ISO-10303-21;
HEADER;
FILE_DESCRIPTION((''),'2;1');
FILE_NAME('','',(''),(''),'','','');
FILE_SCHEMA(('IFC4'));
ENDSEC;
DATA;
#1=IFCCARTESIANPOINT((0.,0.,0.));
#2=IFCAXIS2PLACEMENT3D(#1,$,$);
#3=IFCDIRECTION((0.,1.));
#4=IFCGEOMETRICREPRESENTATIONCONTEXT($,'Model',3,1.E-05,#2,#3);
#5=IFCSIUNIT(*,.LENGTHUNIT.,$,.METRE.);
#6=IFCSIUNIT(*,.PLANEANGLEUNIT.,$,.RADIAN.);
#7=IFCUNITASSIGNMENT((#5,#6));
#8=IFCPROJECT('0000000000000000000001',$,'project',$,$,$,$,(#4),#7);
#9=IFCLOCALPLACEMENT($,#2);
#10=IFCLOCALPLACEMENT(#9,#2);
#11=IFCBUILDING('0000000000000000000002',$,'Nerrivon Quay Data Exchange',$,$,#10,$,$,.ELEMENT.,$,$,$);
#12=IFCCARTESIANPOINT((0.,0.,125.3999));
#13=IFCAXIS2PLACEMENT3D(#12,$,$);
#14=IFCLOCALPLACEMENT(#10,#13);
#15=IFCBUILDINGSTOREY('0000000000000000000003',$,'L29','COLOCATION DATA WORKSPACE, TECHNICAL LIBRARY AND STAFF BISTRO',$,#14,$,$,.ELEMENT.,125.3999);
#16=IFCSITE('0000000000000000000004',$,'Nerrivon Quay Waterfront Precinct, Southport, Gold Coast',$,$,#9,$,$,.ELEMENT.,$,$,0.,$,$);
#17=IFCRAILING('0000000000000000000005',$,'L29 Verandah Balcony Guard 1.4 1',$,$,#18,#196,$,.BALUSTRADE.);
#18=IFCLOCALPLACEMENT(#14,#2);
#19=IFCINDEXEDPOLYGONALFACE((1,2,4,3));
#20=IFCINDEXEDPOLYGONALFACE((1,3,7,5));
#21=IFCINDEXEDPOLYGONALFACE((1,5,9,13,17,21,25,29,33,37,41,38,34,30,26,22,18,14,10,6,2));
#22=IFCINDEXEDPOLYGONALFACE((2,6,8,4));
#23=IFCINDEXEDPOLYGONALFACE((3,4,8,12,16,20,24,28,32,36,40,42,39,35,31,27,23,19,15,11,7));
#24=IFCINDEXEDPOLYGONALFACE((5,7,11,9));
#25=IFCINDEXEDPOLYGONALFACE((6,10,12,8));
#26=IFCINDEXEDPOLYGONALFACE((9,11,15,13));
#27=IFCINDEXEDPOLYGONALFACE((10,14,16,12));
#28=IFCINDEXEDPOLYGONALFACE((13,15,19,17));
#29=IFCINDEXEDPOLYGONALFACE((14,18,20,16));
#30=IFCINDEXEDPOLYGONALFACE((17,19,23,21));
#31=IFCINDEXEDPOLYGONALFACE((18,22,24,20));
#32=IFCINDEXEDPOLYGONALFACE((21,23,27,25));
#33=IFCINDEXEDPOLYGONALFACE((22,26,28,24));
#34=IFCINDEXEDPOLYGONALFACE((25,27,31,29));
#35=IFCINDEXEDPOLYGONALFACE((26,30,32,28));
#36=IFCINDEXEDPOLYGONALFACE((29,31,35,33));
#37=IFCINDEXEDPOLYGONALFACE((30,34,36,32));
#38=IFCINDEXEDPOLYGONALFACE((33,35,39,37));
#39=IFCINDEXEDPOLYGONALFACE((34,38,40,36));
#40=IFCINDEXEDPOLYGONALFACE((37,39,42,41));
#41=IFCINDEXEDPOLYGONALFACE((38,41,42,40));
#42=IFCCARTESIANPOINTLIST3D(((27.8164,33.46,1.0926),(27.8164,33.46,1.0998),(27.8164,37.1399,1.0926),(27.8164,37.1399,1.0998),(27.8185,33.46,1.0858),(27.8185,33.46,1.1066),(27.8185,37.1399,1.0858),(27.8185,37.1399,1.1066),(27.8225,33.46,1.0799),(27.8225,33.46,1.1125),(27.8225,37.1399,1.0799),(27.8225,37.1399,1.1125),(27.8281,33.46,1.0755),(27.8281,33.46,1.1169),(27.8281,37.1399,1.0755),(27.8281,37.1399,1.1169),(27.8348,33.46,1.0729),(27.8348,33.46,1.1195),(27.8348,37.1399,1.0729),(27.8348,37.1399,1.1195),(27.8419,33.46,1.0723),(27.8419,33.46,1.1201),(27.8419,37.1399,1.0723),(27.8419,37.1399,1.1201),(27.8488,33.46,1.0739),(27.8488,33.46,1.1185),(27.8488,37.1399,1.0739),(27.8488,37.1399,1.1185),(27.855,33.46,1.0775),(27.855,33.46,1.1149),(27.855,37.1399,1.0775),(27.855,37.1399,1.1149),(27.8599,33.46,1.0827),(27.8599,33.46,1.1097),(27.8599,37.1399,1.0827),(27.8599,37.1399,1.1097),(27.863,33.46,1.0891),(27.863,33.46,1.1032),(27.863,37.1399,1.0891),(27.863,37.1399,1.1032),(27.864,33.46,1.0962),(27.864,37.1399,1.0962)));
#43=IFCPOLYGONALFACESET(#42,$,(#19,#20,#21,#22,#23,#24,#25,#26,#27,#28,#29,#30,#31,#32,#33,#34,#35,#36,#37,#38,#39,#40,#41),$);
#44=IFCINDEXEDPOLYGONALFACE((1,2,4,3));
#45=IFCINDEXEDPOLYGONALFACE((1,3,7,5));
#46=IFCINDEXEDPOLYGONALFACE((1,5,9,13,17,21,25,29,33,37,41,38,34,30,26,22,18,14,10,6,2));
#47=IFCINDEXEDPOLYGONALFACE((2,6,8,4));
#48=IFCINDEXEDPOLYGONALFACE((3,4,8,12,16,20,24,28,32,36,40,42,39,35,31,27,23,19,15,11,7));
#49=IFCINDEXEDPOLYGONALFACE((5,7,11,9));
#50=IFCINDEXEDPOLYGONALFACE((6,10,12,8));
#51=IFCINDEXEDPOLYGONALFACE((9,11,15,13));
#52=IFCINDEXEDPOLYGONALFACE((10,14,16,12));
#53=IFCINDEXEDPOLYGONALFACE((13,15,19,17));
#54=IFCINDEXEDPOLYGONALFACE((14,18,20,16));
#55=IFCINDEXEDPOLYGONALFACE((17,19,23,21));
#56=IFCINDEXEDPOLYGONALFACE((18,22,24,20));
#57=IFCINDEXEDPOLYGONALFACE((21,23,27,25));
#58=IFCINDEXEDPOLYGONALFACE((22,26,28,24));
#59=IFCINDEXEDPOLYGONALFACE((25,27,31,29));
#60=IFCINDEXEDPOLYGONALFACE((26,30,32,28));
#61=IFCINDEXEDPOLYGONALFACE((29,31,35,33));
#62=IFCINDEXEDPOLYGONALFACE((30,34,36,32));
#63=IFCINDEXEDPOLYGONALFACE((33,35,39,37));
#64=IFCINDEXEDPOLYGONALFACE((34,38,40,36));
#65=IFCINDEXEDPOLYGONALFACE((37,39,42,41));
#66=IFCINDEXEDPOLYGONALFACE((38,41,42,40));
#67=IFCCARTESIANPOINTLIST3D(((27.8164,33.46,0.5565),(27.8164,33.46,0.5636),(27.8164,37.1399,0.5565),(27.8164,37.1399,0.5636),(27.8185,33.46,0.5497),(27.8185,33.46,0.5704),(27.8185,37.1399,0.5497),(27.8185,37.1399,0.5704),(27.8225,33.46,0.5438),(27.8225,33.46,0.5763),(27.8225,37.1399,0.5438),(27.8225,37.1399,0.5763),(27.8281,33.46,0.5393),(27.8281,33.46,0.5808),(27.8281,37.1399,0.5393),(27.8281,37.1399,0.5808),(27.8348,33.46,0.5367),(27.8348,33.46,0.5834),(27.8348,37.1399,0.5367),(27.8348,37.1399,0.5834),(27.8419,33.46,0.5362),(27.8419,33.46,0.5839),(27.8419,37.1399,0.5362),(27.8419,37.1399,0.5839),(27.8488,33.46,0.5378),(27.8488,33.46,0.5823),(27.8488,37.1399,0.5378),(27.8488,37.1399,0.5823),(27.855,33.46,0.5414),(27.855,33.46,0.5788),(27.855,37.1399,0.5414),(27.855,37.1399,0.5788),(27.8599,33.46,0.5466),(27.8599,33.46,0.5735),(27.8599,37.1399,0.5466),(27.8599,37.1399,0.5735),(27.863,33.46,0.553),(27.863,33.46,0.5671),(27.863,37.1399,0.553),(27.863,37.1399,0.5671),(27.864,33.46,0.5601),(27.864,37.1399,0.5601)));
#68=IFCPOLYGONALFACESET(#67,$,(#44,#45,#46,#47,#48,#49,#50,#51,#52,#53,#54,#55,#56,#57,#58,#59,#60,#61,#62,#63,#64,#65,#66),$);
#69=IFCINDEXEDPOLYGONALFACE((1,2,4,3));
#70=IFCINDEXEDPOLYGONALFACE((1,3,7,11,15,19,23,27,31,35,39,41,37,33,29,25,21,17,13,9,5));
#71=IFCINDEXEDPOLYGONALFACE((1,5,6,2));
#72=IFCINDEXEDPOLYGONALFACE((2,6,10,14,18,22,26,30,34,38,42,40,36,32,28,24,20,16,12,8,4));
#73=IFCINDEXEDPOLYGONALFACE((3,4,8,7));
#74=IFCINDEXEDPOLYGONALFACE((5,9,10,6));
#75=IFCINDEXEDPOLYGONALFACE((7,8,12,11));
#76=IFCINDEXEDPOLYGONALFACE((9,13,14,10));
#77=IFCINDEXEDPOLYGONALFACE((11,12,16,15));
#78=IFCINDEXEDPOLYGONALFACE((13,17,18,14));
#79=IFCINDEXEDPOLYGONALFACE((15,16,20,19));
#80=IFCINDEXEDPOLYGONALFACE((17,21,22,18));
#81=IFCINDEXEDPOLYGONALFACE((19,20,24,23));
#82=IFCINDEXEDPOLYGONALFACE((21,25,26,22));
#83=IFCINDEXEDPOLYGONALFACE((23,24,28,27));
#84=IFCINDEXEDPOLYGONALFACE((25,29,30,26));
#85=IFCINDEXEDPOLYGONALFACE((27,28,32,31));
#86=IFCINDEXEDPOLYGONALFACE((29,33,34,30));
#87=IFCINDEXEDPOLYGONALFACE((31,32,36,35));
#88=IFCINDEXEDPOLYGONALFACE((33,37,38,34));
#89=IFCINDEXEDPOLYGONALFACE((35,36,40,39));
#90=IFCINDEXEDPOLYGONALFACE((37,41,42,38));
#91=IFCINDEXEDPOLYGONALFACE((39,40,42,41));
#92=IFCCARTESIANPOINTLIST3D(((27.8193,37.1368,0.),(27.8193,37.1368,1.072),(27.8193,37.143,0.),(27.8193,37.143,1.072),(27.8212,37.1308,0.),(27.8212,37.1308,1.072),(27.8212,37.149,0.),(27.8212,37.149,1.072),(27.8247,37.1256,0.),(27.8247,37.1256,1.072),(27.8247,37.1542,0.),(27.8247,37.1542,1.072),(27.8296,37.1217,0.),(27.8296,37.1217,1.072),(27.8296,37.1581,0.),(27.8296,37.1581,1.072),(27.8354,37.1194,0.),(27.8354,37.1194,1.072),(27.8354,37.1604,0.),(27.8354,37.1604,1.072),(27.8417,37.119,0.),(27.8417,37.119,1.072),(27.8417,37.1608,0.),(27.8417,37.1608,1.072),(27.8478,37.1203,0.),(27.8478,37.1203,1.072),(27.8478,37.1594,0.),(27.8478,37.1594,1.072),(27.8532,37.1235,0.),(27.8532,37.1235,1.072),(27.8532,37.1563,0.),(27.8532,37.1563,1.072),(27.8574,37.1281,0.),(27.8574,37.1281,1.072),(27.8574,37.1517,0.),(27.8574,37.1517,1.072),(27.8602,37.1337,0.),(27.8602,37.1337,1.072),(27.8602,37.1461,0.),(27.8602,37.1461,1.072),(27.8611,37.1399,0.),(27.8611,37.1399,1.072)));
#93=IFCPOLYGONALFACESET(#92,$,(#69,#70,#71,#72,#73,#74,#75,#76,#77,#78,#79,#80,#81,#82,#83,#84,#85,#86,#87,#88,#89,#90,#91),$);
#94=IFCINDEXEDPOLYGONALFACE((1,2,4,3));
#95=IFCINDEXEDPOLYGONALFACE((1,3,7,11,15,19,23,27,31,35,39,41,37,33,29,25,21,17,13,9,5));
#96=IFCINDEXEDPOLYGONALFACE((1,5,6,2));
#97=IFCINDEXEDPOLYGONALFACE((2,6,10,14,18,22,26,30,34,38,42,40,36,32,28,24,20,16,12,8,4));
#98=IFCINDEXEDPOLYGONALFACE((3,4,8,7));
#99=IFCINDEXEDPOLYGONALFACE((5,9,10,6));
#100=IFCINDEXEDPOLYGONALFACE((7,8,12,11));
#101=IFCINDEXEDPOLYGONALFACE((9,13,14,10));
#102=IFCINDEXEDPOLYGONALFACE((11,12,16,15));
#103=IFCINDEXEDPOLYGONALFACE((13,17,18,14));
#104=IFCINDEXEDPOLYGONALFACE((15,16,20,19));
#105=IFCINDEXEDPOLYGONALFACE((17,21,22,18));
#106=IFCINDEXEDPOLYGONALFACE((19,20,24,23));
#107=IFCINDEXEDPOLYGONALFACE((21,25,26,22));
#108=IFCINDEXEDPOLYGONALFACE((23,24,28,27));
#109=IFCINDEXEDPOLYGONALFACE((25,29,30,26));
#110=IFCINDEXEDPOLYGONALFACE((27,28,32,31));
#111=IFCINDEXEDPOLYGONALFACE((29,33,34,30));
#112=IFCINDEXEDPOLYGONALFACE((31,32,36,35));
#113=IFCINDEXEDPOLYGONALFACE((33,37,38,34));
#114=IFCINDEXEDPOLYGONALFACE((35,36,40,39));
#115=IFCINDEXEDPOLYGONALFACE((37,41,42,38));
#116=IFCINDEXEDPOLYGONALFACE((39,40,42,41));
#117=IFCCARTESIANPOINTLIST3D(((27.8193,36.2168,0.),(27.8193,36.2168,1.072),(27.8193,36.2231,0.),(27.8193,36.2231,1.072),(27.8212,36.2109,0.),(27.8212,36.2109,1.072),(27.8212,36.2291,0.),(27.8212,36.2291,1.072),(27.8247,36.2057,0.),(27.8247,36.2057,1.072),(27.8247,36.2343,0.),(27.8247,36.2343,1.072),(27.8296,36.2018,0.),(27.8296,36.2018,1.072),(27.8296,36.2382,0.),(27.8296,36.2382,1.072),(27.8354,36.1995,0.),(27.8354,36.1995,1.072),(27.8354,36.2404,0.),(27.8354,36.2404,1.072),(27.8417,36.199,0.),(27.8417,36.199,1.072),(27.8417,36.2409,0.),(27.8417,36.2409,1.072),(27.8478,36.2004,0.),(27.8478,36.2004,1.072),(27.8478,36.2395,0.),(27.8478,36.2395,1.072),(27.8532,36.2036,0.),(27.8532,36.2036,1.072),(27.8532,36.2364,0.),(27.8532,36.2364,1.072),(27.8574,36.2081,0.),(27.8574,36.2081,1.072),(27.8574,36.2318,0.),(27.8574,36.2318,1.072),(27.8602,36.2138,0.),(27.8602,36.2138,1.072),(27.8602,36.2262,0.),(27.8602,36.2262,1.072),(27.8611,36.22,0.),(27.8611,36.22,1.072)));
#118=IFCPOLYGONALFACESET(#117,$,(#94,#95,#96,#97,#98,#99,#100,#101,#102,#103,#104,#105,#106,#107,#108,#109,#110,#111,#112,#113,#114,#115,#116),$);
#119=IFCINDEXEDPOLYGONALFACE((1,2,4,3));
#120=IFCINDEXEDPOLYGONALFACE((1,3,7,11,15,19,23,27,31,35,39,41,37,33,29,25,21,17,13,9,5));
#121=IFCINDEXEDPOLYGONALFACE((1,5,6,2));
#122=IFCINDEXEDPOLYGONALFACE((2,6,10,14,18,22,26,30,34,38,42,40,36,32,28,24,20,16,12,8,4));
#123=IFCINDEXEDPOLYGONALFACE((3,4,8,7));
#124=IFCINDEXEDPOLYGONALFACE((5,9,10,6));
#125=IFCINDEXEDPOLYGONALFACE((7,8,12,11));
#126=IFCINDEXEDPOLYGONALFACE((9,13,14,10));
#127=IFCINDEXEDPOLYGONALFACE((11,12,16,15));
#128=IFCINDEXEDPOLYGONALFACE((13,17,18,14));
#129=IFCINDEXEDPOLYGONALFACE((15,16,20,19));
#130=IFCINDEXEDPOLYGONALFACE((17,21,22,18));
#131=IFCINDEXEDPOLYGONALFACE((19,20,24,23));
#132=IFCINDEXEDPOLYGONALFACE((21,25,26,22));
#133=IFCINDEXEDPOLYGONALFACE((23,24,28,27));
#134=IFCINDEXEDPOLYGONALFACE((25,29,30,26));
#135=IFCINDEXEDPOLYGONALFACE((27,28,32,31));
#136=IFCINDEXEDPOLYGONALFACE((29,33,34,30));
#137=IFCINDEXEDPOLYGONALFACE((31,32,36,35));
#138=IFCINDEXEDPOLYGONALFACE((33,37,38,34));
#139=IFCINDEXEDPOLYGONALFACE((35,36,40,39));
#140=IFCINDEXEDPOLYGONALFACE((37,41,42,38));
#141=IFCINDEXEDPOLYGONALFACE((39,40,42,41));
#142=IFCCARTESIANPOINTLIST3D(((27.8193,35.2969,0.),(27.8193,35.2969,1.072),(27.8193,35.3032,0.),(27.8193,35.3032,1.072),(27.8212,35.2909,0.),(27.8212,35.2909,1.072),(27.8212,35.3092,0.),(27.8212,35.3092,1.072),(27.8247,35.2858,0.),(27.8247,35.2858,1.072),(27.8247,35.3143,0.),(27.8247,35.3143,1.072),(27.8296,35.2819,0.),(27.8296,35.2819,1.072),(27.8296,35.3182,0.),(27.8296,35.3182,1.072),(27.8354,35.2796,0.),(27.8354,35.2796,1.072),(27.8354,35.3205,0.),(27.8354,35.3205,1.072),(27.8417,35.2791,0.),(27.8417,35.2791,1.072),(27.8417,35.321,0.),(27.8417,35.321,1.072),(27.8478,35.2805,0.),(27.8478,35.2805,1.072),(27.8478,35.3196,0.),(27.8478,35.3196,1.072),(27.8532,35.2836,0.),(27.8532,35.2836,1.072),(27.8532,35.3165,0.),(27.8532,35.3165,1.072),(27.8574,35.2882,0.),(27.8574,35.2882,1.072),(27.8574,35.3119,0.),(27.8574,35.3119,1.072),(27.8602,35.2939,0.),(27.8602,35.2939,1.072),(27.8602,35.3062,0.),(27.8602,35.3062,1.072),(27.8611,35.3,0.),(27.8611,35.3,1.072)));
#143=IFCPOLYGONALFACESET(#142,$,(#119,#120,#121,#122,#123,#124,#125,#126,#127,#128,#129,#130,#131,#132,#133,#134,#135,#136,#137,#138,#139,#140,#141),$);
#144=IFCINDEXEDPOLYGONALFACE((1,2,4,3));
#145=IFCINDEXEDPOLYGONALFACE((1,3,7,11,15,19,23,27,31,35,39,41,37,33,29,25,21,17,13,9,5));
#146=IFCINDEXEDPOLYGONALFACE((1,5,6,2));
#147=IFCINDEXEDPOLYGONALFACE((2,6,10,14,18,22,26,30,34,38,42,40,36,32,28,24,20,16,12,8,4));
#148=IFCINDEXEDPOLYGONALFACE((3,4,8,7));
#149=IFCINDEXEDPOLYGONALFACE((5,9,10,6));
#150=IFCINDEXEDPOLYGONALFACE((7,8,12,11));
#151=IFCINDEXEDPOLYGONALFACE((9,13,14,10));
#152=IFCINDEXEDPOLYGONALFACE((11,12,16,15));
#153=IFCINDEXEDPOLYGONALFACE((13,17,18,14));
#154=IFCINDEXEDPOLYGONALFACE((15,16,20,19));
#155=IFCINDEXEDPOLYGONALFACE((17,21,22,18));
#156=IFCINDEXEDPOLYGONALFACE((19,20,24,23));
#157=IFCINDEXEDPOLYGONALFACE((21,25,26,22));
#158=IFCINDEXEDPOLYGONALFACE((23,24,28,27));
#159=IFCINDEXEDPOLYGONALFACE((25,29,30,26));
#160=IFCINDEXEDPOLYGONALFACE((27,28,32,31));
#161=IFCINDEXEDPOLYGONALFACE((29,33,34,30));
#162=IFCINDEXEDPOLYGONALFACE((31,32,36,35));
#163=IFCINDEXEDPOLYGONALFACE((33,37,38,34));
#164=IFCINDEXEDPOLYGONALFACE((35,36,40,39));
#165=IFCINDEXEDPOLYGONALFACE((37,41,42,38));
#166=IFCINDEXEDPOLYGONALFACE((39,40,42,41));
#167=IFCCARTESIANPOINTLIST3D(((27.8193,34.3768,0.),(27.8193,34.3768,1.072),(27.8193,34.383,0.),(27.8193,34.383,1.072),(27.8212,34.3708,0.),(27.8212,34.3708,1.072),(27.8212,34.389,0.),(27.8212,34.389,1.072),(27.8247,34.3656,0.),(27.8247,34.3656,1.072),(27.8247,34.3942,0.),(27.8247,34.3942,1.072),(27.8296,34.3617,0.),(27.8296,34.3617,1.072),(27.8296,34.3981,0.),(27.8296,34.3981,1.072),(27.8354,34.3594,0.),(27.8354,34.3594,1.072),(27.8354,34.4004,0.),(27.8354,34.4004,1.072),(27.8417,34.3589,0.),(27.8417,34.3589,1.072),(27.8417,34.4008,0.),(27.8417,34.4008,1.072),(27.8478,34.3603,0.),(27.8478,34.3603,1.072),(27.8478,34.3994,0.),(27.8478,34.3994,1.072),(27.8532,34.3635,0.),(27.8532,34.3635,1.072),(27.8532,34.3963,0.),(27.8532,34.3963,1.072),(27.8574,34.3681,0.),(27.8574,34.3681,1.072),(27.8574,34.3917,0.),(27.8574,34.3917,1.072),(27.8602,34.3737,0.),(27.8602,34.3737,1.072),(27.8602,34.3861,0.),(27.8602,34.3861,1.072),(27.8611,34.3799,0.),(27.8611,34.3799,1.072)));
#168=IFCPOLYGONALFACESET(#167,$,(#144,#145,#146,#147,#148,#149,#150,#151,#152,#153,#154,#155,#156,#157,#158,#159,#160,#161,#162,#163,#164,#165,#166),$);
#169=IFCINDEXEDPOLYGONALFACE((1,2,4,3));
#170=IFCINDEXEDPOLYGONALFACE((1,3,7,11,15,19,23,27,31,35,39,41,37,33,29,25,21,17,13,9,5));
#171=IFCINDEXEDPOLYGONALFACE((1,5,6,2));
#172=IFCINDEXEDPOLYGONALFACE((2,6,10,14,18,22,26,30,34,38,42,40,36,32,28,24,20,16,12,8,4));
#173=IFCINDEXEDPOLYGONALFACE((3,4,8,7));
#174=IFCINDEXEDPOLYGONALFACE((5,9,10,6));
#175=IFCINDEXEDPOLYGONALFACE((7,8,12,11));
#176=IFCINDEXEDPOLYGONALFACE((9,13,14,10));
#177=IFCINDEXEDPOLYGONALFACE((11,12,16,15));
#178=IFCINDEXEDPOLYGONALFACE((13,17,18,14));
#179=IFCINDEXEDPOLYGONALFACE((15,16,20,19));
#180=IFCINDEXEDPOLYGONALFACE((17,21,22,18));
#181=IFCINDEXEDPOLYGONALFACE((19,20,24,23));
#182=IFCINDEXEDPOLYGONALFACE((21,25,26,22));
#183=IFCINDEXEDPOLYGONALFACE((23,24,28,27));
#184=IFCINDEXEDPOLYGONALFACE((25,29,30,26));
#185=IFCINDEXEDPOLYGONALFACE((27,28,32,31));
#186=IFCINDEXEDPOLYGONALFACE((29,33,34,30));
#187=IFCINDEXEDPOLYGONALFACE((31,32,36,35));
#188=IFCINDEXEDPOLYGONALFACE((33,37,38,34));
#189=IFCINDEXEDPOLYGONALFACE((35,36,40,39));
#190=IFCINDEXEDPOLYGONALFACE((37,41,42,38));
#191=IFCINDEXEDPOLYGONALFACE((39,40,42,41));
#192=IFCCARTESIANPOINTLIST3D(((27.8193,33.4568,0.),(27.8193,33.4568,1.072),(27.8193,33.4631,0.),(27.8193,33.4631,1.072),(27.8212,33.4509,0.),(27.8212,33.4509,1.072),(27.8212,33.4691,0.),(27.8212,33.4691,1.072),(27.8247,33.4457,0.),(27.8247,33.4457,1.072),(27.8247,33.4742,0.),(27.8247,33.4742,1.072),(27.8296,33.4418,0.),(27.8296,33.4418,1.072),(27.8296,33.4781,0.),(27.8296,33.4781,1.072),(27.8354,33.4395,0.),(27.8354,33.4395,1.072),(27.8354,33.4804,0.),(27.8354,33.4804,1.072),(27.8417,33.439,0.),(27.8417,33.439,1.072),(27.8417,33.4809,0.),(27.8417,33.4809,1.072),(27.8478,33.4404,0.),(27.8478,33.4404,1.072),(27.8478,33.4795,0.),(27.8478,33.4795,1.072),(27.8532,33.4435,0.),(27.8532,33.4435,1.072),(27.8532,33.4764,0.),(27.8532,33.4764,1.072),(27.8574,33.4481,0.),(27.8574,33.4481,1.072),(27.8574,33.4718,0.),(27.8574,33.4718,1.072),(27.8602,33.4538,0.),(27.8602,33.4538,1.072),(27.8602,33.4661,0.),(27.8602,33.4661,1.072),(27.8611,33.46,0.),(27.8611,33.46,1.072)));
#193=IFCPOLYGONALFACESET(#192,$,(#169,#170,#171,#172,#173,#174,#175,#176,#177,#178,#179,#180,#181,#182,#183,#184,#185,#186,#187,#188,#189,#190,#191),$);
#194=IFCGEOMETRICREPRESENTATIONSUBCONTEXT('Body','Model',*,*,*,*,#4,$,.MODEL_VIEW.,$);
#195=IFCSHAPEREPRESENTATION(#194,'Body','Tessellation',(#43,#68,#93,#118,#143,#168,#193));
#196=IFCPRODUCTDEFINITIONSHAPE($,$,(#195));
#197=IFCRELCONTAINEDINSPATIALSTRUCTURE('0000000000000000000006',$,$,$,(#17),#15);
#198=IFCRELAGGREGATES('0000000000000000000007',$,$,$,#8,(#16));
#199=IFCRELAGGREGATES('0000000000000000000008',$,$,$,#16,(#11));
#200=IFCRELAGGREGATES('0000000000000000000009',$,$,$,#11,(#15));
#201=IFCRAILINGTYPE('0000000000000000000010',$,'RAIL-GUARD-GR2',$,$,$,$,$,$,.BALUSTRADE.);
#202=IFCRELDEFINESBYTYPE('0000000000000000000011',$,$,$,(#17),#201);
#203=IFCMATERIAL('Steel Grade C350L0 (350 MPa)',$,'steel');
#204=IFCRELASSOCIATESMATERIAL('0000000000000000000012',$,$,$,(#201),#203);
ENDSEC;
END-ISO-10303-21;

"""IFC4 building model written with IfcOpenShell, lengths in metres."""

from ifc_helpers import new_model, si_unit, direction, frame, origin, origin_2d, place, context, subcontext, project, spatial, circle, extrude, material, type_object, element, save


model = new_model("IFC4")

# Units and contexts
model_context = context("Model", 3, precision=1e-05, world=origin(), true_north=direction((0.0, 1.0)))
body_context = subcontext(model_context, "Body", "Model", "MODEL_VIEW")
ifc_project = project(units=[si_unit("LENGTHUNIT", "METRE"), si_unit("PLANEANGLEUNIT", "RADIAN")], contexts=[model_context])

# Site, building, storey
site_placement = place(None, origin())
site = spatial("IfcSite", under=ifc_project, at=site_placement, Name="Nerrivon Quay Waterfront Precinct, Southport, Gold Coast", CompositionType="ELEMENT", RefElevation=0.0)
building_placement = place(site_placement, origin())
building = spatial("IfcBuilding", under=site, at=building_placement, Name="Nerrivon Quay Data Exchange", CompositionType="ELEMENT")
storey_placement = place(building_placement, frame((0.0, 0.0, 125.3999)))
storey = spatial("IfcBuildingStorey", under=building, at=storey_placement, Name="L29", Description="COLOCATION DATA WORKSPACE, TECHNICAL LIBRARY AND STAFF BISTRO", CompositionType="ELEMENT", Elevation=125.3999)

# Railing
ifc_material_1 = material(Name="Steel Grade C350L0 (350 MPa)", Category="steel")
railing_type = type_object("IfcRailingType", Name="RAIL-GUARD-GR2", PredefinedType="BALUSTRADE", material=ifc_material_1)
railing_1_placement = place(storey_placement, frame((27.8401, 37.1399, 0.0)))
element("IfcRailing", 1, at=railing_1_placement, inside=storey, type_object=railing_type, Name="L29 Verandah Balcony Guard 1.4 1", PredefinedType="BALUSTRADE", context=body_context, shape_type="SweptSolid", body=[
    extrude(circle(Radius=0.0239, at=origin_2d()), frame((0.0, 0.0, 1.0962), z_axis=(0.0, -1.0, 0.0), x_axis=(1.0, 0.0, 0.0)), (0.0, 0.0, 1.0), 3.6799),
    extrude(circle(Radius=0.0239, at=origin_2d()), frame((0.0, 0.0, 0.5601), z_axis=(0.0, -1.0, 0.0), x_axis=(1.0, 0.0, 0.0)), (0.0, 0.0, 1.0), 3.6799),
    extrude(circle(Radius=0.021, at=origin_2d()), origin(), (0.0, 0.0, 1.0), 1.072),
    extrude(circle(Radius=0.021, at=origin_2d()), frame((0.0, -0.9199, 0.0)), (0.0, 0.0, 1.0), 1.072),
    extrude(circle(Radius=0.021, at=origin_2d()), frame((0.0, -1.8398, 0.0)), (0.0, 0.0, 1.0), 1.072),
    extrude(circle(Radius=0.021, at=origin_2d()), frame((0.0, -2.76, 0.0)), (0.0, 0.0, 1.0), 1.072),
    extrude(circle(Radius=0.021, at=origin_2d()), frame((0.0, -3.6799, 0.0)), (0.0, 0.0, 1.0), 1.072),
])

save(model, "model.ifc")
